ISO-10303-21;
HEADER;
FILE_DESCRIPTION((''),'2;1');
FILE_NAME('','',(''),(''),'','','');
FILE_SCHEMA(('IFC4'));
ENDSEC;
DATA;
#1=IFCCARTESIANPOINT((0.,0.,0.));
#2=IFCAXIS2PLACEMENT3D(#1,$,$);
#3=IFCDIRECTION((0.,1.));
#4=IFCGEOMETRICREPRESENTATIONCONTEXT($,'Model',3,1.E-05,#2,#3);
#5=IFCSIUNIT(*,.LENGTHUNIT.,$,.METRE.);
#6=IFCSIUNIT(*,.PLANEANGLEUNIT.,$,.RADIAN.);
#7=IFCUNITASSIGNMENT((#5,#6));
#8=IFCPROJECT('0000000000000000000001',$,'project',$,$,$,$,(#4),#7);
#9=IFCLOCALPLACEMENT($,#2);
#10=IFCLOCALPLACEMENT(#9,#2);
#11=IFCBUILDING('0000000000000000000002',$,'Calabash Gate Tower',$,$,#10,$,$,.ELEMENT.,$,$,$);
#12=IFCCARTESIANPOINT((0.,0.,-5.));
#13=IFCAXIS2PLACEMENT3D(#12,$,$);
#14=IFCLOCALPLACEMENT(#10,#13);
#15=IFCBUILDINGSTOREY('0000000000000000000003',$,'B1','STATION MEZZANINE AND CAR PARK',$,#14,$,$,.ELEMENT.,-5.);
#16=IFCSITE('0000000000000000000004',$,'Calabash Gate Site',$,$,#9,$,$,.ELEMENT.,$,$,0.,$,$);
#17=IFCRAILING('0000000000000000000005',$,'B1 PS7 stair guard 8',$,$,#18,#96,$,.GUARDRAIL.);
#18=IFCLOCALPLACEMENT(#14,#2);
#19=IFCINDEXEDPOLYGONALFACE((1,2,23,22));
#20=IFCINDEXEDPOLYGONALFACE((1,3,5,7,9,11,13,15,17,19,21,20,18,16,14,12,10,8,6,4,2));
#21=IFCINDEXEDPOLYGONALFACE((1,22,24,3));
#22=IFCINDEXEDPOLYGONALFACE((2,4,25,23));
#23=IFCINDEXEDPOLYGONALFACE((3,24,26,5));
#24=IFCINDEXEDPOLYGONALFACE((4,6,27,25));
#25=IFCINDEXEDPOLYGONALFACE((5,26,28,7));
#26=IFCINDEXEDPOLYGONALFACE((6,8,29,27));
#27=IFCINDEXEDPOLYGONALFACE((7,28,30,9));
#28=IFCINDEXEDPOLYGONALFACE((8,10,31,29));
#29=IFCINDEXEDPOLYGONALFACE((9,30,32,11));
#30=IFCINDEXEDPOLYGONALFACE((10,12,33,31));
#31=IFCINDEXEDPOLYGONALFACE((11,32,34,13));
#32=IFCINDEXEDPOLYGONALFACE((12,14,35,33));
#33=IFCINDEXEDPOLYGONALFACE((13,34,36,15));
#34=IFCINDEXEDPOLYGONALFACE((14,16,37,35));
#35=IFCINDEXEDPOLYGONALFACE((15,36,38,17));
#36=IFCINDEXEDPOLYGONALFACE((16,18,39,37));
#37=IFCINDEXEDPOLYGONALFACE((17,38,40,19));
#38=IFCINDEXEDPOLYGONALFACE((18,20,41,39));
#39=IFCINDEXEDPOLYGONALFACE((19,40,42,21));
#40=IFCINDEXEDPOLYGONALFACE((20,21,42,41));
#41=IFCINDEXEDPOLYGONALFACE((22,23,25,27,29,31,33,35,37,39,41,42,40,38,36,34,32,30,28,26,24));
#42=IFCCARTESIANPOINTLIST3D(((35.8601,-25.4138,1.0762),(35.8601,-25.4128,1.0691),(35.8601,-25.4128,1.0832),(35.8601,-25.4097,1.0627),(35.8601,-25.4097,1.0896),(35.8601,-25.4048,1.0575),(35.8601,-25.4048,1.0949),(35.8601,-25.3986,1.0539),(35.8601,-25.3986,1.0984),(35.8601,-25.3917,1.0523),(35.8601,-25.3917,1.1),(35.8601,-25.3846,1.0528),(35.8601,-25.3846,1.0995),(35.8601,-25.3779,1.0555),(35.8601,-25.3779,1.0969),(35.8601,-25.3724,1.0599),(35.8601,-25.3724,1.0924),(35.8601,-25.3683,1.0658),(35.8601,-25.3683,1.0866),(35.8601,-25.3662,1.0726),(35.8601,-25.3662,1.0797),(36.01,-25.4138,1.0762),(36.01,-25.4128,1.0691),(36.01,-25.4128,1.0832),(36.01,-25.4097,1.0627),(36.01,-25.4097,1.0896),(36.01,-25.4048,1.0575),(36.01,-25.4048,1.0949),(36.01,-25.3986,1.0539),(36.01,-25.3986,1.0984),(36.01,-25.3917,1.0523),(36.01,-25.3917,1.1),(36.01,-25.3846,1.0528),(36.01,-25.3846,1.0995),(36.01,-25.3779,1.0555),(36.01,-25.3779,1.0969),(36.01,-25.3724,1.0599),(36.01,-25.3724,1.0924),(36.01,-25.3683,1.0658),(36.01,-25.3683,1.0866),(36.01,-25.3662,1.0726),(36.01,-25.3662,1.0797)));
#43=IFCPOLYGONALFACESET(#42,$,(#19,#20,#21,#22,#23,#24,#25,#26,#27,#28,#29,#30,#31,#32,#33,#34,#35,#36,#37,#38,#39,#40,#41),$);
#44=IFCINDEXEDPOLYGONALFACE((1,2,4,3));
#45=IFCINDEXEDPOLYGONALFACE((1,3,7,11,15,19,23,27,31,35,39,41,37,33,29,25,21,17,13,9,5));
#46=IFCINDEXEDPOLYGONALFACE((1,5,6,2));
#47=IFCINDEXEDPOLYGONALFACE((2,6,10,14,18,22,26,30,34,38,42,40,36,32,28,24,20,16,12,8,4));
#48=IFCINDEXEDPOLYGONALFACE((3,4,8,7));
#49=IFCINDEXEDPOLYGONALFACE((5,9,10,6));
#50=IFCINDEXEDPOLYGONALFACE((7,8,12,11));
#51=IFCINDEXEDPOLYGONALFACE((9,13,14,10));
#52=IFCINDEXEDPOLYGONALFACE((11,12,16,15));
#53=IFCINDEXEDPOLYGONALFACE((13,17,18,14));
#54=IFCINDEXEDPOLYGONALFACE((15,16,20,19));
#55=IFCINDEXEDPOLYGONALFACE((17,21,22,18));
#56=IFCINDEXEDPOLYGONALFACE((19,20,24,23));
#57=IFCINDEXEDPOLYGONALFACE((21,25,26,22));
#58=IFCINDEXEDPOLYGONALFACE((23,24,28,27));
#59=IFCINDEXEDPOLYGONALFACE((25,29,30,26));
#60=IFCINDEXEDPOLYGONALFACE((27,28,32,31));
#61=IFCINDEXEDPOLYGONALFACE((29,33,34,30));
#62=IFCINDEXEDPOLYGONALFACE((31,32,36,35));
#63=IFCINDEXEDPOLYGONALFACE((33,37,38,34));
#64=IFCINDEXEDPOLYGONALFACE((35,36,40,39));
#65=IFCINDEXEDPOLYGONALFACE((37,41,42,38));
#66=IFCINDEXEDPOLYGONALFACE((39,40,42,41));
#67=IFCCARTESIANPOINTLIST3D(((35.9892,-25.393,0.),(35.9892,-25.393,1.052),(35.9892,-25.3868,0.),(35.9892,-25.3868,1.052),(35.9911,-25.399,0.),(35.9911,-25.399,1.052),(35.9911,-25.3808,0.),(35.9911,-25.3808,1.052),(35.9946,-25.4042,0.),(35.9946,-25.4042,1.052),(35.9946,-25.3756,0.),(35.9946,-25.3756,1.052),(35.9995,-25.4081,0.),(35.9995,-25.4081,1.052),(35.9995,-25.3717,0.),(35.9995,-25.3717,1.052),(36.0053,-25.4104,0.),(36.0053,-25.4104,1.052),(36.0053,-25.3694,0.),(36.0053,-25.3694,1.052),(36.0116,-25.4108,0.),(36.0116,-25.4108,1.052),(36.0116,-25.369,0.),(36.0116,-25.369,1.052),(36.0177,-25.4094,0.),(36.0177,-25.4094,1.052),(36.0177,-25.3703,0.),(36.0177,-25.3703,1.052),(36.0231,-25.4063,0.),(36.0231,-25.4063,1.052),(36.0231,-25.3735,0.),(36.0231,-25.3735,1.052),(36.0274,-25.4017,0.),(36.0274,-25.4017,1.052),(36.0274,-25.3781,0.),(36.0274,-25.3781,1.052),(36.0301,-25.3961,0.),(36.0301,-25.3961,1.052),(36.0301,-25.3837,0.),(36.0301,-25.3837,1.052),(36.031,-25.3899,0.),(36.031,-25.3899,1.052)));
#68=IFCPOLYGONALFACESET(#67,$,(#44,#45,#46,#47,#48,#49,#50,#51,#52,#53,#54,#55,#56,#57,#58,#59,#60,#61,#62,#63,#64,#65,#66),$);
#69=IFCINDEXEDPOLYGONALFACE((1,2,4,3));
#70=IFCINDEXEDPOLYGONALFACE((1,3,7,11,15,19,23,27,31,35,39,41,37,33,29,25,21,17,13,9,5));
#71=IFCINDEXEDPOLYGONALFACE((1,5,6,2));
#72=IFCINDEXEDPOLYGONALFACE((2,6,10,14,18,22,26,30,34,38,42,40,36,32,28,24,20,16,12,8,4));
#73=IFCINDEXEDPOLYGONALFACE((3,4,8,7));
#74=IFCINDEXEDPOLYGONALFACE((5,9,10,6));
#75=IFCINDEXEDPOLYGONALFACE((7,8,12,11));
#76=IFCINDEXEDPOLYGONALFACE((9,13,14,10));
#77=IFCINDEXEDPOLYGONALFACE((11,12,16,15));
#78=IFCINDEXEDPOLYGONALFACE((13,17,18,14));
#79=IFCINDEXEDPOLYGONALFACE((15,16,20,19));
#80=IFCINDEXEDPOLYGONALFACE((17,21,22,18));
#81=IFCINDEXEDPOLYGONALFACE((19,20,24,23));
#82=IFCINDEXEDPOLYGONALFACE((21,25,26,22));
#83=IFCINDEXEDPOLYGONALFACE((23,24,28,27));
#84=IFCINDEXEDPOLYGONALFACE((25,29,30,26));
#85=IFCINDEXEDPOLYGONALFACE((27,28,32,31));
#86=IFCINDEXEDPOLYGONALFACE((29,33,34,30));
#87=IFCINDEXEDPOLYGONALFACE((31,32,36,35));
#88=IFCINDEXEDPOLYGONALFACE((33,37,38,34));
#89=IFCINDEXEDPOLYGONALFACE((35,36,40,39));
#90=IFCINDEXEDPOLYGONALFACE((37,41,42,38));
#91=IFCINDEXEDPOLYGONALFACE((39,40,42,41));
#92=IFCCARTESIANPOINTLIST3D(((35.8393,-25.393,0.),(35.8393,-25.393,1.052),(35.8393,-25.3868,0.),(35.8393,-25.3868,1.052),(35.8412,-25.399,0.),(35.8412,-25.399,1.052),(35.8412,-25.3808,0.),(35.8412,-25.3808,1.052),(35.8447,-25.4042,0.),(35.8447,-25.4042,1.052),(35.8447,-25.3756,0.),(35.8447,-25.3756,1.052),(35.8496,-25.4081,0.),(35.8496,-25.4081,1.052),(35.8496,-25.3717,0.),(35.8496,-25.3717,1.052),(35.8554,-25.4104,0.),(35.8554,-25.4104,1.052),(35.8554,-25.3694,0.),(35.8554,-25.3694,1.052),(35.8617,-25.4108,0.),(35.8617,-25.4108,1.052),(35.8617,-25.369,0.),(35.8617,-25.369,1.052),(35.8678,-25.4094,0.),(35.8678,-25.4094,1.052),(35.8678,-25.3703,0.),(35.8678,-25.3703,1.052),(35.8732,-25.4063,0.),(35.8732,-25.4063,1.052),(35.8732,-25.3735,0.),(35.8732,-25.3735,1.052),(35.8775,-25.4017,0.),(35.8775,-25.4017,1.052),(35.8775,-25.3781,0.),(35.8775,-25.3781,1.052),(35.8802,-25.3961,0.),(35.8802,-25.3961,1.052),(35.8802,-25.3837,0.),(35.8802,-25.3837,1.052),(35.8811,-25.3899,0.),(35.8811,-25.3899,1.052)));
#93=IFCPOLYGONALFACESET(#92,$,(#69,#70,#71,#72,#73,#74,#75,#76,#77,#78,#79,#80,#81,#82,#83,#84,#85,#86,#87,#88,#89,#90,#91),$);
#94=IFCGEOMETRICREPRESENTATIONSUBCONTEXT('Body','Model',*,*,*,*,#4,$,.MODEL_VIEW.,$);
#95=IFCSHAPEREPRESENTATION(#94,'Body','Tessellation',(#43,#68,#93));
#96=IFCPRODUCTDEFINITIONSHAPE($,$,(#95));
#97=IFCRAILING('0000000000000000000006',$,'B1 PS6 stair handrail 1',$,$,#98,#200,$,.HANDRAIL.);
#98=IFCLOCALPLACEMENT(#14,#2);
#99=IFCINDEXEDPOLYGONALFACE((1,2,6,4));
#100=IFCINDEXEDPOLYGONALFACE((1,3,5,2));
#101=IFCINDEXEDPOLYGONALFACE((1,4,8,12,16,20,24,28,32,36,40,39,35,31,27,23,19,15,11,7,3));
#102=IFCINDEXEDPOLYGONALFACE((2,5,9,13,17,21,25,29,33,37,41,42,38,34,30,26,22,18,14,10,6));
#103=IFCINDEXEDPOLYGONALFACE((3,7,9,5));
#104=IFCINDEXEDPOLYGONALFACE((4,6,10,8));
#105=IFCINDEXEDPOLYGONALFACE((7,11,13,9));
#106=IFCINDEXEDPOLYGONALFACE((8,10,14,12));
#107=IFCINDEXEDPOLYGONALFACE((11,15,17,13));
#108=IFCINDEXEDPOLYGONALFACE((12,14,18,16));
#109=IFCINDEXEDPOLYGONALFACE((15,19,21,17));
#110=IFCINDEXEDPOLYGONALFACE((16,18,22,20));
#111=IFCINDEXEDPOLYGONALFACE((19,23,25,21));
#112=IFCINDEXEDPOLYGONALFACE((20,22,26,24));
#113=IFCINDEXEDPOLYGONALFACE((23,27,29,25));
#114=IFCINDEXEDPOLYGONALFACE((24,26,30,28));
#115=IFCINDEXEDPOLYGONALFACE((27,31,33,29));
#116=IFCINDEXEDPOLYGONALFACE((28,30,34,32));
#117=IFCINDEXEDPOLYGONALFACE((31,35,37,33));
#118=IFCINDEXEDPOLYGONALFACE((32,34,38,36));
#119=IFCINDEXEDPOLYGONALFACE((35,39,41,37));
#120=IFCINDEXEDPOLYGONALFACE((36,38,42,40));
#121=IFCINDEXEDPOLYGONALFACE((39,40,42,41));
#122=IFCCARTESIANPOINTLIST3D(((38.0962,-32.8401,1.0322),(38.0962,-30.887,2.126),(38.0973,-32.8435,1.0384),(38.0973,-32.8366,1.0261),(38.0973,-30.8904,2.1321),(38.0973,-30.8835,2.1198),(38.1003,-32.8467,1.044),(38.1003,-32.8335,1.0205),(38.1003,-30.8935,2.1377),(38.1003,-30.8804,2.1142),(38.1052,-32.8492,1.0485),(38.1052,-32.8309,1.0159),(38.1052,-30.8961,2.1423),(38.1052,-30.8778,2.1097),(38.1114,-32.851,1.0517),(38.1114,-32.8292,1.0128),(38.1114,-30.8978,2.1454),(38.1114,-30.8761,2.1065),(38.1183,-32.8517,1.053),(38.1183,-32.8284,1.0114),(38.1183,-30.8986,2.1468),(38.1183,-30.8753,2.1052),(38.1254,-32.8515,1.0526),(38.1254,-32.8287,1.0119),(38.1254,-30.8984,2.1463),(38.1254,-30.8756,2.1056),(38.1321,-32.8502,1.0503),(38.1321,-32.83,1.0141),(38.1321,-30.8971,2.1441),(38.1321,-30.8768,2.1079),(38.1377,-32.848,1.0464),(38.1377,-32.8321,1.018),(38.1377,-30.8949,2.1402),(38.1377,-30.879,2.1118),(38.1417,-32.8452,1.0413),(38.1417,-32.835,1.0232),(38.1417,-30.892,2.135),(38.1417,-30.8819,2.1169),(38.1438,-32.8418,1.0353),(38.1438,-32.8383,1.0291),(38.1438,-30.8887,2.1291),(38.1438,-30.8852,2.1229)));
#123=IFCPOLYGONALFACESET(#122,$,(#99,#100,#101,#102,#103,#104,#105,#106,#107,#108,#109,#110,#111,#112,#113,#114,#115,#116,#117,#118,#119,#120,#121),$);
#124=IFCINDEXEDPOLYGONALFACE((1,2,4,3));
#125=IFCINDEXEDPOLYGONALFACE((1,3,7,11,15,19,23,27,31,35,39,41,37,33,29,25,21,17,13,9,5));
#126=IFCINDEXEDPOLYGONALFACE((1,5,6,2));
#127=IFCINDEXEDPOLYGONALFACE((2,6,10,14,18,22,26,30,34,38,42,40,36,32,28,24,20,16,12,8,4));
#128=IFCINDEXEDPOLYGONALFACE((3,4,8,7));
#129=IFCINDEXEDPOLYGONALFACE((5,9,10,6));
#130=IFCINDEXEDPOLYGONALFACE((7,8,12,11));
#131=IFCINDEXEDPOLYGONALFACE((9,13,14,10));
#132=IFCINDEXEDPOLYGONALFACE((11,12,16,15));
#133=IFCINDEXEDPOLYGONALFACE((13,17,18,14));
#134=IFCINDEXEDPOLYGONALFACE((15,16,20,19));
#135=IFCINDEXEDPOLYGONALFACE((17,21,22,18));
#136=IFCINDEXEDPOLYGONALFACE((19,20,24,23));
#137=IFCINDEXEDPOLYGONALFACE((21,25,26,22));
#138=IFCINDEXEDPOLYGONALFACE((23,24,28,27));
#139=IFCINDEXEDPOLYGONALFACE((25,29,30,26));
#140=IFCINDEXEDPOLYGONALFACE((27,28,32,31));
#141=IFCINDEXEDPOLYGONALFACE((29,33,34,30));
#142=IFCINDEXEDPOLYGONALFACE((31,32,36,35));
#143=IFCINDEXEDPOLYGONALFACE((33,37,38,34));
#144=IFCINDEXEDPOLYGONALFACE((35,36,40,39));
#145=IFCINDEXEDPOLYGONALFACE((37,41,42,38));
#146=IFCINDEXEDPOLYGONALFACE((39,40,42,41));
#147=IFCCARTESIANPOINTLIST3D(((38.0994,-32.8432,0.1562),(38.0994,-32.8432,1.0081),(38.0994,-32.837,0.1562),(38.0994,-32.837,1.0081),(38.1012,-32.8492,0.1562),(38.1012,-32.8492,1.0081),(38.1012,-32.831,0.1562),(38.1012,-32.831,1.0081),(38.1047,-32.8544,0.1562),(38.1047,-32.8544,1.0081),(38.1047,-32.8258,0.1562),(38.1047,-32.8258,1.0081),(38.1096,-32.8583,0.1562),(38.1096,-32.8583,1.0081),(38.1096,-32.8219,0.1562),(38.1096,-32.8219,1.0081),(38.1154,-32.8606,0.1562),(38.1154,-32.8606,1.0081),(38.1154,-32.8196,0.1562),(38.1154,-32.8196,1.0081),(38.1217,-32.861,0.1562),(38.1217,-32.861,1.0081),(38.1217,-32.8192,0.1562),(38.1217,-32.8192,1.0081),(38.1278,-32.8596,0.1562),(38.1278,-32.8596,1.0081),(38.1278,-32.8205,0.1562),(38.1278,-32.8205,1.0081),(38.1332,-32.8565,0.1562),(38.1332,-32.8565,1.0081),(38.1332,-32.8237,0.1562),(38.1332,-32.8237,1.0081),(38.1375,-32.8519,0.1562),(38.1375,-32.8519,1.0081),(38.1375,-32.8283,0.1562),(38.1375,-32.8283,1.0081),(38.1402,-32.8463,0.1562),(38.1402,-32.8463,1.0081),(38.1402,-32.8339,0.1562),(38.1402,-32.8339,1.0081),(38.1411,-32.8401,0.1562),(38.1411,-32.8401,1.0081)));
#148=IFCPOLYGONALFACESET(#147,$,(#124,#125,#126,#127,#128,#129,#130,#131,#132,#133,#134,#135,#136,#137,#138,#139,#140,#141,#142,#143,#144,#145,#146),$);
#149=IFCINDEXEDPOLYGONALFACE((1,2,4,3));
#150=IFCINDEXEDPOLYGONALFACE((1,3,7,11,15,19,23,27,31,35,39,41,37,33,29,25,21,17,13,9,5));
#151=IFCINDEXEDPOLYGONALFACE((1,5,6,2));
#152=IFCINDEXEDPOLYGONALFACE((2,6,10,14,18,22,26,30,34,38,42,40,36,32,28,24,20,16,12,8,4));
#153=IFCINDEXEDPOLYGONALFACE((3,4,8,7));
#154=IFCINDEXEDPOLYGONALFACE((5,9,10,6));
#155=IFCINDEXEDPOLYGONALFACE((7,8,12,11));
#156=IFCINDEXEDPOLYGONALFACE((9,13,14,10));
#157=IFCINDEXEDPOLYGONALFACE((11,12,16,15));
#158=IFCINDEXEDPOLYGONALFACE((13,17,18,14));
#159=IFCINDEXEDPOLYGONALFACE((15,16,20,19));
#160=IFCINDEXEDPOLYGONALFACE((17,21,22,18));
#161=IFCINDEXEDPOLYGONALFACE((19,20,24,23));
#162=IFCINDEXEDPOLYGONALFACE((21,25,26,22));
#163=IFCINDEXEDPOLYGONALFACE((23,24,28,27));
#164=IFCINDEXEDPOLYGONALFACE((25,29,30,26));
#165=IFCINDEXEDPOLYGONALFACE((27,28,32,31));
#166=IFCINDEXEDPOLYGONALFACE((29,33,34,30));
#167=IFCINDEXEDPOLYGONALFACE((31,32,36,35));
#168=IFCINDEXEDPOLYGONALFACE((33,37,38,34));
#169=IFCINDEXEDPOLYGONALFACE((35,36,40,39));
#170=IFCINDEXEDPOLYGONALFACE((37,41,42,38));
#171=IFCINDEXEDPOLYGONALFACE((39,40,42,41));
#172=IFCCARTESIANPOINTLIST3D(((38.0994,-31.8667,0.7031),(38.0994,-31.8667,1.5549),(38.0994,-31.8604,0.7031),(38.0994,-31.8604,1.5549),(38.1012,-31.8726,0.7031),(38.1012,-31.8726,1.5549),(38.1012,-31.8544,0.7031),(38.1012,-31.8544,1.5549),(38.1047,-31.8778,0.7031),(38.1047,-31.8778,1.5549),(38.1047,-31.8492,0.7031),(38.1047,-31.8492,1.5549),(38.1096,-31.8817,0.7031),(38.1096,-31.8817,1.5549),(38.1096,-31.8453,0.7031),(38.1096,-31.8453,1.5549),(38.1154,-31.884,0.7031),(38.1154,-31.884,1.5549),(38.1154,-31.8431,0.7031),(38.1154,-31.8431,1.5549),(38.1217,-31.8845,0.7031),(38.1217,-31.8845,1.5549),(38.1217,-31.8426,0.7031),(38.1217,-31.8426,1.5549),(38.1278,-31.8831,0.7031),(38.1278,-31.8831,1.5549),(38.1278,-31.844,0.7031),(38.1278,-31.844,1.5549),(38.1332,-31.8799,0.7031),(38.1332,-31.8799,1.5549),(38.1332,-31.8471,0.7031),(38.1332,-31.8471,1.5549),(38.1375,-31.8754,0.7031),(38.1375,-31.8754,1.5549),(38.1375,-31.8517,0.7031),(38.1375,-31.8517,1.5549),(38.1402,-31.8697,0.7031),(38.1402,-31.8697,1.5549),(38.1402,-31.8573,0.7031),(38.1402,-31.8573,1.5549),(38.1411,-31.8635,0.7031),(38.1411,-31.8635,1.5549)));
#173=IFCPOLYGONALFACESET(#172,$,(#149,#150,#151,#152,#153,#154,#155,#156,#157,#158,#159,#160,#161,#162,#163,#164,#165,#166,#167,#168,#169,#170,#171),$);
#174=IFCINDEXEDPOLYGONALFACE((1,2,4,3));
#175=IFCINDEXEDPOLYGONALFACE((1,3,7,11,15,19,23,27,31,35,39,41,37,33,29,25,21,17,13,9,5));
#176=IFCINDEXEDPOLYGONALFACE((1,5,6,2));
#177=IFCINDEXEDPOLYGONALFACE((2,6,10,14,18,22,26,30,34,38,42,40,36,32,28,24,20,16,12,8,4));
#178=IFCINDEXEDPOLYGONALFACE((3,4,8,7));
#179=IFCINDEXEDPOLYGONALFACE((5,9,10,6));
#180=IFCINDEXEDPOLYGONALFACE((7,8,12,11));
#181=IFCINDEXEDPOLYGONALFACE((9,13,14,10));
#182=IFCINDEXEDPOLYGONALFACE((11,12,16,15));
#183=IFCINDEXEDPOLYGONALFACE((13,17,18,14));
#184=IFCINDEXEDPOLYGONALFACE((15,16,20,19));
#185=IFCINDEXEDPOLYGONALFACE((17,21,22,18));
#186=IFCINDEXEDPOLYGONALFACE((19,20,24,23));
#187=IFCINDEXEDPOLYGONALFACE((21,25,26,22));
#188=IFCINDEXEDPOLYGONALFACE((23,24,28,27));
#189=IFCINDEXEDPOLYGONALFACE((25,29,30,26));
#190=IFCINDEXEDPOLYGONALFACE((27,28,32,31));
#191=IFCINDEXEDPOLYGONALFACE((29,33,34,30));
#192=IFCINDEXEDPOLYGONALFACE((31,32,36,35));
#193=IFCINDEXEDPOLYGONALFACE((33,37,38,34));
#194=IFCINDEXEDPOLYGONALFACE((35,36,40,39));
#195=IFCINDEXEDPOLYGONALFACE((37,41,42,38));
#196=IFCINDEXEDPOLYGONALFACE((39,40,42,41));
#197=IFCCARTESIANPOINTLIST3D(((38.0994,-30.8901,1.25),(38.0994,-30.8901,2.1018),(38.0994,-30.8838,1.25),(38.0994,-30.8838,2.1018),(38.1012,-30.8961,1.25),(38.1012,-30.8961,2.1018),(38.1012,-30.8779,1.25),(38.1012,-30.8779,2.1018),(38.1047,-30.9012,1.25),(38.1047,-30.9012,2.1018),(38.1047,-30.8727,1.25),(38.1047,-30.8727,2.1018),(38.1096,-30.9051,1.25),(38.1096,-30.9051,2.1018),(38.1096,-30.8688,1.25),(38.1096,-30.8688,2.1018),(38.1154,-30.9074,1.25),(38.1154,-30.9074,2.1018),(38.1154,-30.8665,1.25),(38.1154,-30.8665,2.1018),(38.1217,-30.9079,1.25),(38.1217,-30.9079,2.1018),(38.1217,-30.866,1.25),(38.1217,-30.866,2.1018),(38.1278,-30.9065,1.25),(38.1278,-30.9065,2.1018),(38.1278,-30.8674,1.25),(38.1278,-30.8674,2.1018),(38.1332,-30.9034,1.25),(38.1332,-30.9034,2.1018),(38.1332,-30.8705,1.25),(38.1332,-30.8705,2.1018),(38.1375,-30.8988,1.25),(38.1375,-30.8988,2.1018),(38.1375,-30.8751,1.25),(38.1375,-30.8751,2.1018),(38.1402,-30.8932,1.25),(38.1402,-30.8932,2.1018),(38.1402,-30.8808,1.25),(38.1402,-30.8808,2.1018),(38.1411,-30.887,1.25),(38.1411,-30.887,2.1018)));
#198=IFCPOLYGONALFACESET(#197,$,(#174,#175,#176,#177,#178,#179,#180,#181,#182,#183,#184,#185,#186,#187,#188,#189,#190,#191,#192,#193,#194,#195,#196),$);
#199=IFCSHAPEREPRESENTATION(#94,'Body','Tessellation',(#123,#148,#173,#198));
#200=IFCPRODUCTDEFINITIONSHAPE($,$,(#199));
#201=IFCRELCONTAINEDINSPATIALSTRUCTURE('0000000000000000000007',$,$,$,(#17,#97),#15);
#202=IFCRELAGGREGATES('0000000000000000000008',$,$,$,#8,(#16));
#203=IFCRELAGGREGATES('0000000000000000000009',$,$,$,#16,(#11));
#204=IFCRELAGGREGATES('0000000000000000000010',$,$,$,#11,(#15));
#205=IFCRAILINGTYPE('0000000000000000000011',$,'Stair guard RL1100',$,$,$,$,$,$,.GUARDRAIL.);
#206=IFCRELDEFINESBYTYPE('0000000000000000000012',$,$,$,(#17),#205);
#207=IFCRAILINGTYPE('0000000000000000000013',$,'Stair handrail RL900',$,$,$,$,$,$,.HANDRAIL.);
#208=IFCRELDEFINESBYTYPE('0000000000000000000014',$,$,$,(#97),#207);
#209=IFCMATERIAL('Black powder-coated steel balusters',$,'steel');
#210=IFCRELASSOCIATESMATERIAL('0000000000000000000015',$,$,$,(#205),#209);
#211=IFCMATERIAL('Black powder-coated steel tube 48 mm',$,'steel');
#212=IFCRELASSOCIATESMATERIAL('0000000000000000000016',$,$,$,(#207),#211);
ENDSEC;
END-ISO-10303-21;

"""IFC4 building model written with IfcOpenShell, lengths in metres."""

from ifc_helpers import new_model, si_unit, direction, frame, origin, origin_2d, place, context, subcontext, project, spatial, circle, extrude, material, type_object, element, save


model = new_model("IFC4")

# Units and contexts
model_context = context("Model", 3, precision=1e-05, world=origin(), true_north=direction((0.0, 1.0)))
body_context = subcontext(model_context, "Body", "Model", "MODEL_VIEW")
ifc_project = project(units=[si_unit("LENGTHUNIT", "METRE"), si_unit("PLANEANGLEUNIT", "RADIAN")], contexts=[model_context])

# Site, building, storey
site_placement = place(None, origin())
site = spatial("IfcSite", under=ifc_project, at=site_placement, Name="Calabash Gate Site", CompositionType="ELEMENT", RefElevation=0.0)
building_placement = place(site_placement, origin())
building = spatial("IfcBuilding", under=site, at=building_placement, Name="Calabash Gate Tower", CompositionType="ELEMENT")
storey_placement = place(building_placement, frame((0.0, 0.0, -5.0)))
storey = spatial("IfcBuildingStorey", under=building, at=storey_placement, Name="B1", Description="STATION MEZZANINE AND CAR PARK", CompositionType="ELEMENT", Elevation=-5.0)

# Railings
ifc_material_1 = material(Name="Black powder-coated steel balusters", Category="steel")
railing_type_1 = type_object("IfcRailingType", Name="Stair guard RL1100", PredefinedType="GUARDRAIL", material=ifc_material_1)
railing_1_placement = place(storey_placement, frame((36.01, -25.3899, 0.0)))
element("IfcRailing", 1, at=railing_1_placement, inside=storey, type_object=railing_type_1, Name="B1 PS7 stair guard 8", PredefinedType="GUARDRAIL", context=body_context, shape_type="SweptSolid", body=[
    extrude(circle(Radius=0.0239, at=origin_2d()), frame((0.0, 0.0, 1.0762), z_axis=(-1.0, 0.0, 0.0), x_axis=(0.0, -1.0, 0.0)), (0.0, 0.0, 1.0), 0.1499),
    extrude(circle(Radius=0.021, at=origin_2d()), origin(), (0.0, 0.0, 1.0), 1.052),
    extrude(circle(Radius=0.021, at=origin_2d()), frame((-0.1499, 0.0, 0.0)), (0.0, 0.0, 1.0), 1.052),
])
ifc_material_2 = material(Name="Black powder-coated steel tube 48 mm", Category="steel")
railing_type_2 = type_object("IfcRailingType", Name="Stair handrail RL900", PredefinedType="HANDRAIL", material=ifc_material_2)
for number, where, name in (
    (2, (38.1201, -32.8401, 0.1562), "B1 PS6 stair handrail 1"),
):
    element("IfcRailing", number, at=place(storey_placement, frame(where)), inside=storey, type_object=railing_type_2, Name=name, PredefinedType="HANDRAIL", context=body_context, shape_type="SweptSolid", body=[
        extrude(circle(Radius=0.0239, at=origin_2d()), frame((0.0, 0.0, 0.876), z_axis=(0.0, 0.872506, 0.488603), x_axis=(-1.0, 0.0, 0.0)), (0.0, 0.0, 1.0), 2.2385),
        extrude(circle(Radius=0.021, at=origin_2d()), origin(), (0.0, 0.0, 1.0), 0.8518),
        extrude(circle(Radius=0.021, at=origin_2d()), frame((0.0, 0.9766, 0.5469)), (0.0, 0.0, 1.0), 0.8518),
        extrude(circle(Radius=0.021, at=origin_2d()), frame((0.0, 1.9531, 1.0938)), (0.0, 0.0, 1.0), 0.8518),
    ])

save(model, "model.ifc")
